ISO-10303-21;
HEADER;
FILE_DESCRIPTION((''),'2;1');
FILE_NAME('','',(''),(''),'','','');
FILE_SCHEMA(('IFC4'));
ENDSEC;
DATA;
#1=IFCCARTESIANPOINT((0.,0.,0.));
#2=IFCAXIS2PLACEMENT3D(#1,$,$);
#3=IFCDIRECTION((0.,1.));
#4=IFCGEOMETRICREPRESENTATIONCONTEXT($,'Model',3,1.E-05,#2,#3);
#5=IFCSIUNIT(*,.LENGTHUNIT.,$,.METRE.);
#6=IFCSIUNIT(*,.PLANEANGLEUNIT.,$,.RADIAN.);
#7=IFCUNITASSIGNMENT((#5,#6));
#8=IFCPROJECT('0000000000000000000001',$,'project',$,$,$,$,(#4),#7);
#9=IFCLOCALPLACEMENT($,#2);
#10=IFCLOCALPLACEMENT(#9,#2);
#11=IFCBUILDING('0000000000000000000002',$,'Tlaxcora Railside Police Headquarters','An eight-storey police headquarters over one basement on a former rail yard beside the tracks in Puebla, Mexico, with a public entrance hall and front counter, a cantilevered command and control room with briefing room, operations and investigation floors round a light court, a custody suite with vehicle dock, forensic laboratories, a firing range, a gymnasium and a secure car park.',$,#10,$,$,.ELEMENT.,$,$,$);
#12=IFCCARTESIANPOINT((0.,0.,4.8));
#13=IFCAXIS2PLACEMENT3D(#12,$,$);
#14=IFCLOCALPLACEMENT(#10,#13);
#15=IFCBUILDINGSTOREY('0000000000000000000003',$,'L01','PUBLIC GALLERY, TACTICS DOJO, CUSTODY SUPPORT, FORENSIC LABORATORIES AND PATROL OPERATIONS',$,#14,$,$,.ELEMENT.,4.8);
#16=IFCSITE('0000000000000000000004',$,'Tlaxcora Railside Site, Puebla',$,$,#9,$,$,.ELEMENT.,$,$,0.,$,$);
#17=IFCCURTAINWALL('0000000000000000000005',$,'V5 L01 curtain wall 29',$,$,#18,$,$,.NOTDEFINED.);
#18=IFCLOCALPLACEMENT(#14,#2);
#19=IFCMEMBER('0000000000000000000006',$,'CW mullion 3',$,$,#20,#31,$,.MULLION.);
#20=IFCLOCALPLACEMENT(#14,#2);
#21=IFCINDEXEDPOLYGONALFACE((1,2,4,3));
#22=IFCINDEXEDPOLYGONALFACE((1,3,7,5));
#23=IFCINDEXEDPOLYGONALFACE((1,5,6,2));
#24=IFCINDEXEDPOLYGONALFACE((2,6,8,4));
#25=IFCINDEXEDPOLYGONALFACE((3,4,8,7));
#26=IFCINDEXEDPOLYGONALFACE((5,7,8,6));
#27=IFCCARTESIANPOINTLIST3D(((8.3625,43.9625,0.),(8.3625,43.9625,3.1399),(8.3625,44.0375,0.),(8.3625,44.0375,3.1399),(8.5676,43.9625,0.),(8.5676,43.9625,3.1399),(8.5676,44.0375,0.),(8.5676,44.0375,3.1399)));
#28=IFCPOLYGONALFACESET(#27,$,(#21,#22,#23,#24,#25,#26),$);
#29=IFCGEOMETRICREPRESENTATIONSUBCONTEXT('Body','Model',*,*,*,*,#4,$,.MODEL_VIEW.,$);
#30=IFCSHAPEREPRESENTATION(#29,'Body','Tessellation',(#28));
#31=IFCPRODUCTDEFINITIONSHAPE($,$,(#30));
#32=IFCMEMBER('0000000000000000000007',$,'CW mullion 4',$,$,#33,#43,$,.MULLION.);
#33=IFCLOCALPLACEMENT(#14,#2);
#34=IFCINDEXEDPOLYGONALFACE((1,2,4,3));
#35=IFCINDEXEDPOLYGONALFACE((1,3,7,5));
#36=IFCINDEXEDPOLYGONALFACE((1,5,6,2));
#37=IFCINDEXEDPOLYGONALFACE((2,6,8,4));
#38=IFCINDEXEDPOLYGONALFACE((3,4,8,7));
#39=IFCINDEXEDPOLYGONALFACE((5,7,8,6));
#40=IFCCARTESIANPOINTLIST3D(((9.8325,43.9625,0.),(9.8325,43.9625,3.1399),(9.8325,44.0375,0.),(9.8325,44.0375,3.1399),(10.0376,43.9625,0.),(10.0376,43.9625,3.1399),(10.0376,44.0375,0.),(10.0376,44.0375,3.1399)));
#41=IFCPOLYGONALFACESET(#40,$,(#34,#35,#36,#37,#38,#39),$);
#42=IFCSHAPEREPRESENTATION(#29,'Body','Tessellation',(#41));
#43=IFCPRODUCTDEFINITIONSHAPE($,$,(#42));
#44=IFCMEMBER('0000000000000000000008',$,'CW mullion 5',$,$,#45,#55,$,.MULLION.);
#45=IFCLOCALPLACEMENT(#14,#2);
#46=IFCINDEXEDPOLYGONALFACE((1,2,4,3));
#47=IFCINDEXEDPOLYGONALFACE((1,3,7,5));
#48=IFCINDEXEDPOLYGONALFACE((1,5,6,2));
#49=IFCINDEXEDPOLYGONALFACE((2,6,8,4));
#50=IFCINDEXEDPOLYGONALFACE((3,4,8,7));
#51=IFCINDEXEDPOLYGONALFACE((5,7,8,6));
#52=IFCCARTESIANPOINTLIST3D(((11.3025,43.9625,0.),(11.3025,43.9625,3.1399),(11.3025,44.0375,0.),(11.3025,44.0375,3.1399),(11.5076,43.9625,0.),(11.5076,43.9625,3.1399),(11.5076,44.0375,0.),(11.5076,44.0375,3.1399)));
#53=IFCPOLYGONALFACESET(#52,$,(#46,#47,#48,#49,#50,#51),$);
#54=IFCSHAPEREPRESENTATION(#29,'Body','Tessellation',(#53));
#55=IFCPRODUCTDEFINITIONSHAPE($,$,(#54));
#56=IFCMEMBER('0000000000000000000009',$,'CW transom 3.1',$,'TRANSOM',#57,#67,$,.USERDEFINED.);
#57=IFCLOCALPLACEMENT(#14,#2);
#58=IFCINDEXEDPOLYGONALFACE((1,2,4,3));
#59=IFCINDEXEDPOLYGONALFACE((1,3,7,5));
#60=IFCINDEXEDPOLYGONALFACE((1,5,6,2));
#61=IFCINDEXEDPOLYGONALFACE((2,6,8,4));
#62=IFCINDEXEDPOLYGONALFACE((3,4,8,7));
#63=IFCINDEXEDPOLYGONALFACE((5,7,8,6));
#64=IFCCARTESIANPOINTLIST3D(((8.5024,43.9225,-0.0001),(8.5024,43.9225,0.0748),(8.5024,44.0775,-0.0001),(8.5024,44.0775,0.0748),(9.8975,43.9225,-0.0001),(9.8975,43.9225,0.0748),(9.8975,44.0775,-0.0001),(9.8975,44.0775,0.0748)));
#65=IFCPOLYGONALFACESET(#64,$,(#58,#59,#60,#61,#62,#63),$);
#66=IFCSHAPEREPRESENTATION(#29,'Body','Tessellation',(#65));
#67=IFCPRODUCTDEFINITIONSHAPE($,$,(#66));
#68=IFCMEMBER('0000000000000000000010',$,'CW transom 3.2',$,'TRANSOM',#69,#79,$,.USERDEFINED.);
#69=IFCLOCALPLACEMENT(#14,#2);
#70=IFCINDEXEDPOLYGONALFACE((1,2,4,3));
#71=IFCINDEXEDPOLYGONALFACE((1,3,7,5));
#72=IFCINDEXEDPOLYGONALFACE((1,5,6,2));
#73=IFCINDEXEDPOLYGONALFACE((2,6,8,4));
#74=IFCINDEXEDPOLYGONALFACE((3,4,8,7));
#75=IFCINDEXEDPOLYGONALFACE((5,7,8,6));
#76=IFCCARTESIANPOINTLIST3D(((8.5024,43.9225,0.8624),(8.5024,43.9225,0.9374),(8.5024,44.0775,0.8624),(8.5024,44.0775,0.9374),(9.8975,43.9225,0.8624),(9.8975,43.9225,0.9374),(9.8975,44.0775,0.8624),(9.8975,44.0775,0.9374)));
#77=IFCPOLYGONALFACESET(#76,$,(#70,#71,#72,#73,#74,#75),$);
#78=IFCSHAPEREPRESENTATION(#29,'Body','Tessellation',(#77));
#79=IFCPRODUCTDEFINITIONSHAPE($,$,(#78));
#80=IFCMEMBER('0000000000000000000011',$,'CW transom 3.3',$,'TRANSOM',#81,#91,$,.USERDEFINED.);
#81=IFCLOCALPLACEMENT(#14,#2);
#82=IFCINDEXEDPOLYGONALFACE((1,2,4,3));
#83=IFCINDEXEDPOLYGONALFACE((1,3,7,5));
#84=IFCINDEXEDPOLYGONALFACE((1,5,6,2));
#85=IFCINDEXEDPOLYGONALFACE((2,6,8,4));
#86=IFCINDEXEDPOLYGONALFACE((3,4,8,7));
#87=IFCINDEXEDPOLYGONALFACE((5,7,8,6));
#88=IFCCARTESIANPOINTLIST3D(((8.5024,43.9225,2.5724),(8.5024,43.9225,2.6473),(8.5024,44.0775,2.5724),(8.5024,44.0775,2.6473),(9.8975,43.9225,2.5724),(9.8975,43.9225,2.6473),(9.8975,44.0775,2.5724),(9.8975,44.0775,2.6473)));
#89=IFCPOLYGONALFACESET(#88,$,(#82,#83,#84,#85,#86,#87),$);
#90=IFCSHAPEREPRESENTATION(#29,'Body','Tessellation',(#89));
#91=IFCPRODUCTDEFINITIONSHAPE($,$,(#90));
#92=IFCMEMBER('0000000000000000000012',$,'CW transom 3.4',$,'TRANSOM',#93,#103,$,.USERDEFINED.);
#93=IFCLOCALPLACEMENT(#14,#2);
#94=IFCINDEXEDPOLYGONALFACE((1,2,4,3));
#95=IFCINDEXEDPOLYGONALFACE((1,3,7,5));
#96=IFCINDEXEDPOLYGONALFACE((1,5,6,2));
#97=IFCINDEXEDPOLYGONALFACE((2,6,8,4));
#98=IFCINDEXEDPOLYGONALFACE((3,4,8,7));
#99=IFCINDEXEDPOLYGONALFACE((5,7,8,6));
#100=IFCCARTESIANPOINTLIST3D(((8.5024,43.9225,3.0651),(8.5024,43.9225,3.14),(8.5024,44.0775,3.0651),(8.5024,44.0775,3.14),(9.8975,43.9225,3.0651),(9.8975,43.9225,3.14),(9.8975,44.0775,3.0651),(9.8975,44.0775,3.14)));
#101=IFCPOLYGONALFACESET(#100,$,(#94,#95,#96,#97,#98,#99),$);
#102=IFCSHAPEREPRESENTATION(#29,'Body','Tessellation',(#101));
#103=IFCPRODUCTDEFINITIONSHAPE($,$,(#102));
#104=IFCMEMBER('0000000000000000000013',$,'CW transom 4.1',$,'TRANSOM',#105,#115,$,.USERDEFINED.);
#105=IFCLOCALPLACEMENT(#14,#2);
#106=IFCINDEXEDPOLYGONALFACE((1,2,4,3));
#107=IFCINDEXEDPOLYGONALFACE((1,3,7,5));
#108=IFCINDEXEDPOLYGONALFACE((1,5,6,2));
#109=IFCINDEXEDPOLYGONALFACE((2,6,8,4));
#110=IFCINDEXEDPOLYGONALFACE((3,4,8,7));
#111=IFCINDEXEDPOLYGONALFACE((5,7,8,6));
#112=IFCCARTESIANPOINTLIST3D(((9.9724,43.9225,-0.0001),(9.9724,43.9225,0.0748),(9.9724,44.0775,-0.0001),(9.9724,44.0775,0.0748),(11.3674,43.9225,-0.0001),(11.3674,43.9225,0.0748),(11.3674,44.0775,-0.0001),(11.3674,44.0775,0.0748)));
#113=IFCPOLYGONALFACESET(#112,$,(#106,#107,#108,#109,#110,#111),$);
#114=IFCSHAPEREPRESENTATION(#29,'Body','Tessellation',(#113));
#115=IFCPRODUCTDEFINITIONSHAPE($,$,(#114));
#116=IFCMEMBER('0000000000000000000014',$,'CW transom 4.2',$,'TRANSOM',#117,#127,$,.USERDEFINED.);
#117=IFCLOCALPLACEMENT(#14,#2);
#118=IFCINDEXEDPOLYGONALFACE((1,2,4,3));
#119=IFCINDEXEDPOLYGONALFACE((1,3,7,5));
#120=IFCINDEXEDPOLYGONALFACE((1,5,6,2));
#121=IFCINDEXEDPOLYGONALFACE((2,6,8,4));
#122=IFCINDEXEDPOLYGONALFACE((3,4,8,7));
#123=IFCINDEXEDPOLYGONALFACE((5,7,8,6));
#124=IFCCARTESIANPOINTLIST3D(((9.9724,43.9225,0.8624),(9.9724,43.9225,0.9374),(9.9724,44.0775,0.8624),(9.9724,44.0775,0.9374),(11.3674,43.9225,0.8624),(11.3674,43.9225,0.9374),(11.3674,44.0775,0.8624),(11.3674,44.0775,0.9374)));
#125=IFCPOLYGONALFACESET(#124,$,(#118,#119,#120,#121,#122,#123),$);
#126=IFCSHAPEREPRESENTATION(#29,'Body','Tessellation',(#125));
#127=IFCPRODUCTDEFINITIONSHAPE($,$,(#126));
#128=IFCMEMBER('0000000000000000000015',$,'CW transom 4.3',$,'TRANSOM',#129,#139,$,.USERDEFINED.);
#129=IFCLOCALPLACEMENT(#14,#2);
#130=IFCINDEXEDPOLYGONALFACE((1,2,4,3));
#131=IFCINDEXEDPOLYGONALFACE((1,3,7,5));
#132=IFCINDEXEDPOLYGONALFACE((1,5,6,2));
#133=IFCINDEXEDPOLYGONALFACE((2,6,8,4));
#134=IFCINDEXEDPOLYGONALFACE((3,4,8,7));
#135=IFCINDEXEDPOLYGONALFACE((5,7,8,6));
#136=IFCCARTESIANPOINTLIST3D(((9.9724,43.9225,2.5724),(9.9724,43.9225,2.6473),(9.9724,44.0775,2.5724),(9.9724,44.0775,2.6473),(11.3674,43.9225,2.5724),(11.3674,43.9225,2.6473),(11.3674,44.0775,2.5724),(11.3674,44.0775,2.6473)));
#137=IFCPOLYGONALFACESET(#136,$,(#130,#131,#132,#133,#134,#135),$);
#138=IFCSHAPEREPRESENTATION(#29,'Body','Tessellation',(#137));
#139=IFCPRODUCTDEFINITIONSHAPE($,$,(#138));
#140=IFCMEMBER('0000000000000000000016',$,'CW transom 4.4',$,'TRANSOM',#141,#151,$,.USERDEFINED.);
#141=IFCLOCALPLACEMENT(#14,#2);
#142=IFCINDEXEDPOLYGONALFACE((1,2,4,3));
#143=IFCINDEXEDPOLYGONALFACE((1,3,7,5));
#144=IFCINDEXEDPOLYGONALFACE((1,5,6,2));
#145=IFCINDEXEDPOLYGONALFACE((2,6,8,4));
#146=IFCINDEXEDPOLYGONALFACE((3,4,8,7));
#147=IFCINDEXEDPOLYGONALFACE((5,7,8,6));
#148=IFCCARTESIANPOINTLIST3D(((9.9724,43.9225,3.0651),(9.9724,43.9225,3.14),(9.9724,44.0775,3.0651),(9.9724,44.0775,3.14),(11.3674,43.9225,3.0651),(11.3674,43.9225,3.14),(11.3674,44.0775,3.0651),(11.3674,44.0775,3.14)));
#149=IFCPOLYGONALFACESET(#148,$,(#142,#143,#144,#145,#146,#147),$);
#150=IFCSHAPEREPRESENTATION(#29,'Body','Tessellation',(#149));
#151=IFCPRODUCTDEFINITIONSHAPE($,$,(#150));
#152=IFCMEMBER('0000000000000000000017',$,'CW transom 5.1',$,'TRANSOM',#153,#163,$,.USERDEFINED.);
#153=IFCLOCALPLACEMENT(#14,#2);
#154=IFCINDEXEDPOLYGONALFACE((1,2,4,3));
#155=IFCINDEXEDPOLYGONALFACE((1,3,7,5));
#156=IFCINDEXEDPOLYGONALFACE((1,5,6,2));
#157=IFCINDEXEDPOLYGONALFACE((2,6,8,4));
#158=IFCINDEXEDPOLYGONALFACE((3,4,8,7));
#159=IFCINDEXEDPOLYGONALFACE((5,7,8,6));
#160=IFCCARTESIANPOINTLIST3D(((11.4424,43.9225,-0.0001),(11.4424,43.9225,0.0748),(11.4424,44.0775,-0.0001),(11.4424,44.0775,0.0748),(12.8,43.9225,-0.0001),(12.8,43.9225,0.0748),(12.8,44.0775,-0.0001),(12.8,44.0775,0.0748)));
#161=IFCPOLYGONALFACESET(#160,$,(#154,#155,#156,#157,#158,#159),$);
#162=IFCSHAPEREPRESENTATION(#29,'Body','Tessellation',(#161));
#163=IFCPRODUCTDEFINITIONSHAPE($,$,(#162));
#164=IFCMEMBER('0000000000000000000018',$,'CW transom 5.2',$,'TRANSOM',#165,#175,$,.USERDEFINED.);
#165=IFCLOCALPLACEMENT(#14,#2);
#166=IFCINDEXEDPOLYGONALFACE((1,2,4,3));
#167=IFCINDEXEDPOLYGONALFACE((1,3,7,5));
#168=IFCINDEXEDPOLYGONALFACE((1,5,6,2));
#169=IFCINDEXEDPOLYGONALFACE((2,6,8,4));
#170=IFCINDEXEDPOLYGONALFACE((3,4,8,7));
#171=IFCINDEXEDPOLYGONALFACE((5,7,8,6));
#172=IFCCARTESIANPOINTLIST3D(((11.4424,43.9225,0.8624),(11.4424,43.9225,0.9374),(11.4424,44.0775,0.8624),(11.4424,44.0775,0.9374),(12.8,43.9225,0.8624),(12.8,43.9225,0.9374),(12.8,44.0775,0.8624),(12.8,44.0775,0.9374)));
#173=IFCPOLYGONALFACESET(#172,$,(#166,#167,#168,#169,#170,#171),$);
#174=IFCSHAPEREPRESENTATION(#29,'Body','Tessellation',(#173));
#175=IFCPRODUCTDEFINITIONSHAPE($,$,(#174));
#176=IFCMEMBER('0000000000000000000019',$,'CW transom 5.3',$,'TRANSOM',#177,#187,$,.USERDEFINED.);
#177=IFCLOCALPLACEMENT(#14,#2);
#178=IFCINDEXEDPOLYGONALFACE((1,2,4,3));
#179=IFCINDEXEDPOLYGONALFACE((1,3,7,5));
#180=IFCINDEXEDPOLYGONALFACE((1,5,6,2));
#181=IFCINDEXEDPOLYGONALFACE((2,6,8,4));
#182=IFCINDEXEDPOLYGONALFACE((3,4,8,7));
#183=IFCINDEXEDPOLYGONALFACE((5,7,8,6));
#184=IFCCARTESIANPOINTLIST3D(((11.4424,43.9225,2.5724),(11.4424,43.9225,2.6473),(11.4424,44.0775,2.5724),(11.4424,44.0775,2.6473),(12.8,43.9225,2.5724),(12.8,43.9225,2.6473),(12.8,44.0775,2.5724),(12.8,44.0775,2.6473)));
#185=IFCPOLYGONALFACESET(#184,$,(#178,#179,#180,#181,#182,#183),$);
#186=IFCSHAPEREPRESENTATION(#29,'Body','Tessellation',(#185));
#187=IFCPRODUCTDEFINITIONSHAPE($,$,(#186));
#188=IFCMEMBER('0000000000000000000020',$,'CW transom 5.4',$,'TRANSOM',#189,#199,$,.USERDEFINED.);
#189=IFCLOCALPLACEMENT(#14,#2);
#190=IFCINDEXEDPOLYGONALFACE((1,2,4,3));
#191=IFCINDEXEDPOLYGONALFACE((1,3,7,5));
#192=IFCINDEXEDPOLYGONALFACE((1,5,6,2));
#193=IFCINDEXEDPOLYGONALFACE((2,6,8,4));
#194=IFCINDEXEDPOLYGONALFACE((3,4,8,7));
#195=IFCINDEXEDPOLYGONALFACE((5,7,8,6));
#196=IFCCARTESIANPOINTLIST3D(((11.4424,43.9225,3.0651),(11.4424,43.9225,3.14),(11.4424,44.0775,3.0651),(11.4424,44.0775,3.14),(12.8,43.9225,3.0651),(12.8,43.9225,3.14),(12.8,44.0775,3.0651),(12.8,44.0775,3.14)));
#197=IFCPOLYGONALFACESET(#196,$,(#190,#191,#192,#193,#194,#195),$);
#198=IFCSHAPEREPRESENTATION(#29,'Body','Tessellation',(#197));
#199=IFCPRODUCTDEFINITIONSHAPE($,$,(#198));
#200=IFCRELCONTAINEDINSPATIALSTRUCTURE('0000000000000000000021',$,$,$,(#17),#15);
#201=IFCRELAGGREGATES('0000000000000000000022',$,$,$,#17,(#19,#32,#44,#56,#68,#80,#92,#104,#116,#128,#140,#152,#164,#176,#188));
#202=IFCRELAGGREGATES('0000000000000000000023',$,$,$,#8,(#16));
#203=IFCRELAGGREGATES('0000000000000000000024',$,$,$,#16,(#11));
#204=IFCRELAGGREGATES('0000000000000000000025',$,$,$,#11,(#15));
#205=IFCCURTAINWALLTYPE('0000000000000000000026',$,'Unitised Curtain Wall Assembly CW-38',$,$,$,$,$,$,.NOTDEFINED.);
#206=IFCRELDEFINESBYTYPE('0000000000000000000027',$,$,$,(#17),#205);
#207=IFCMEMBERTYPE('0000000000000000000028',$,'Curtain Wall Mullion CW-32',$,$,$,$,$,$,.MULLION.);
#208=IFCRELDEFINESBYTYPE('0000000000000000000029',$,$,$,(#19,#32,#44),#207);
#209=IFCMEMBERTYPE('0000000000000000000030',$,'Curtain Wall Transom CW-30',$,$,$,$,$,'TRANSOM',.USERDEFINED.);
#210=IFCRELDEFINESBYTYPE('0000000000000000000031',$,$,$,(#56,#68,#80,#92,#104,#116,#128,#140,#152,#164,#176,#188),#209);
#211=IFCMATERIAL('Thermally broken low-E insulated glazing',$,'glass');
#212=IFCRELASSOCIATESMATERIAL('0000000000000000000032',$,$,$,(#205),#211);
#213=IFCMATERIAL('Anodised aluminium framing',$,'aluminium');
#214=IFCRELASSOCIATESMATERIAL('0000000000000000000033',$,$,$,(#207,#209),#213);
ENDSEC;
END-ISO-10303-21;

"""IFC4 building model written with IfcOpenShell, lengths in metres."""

from ifc_helpers import new_model, si_unit, direction, frame, origin, origin_2d, place, context, subcontext, project, spatial, rectangle, extrude, material, material_profile, profile_set, type_object, element, aggregate, save


model = new_model("IFC4")

# Units and contexts
model_context = context("Model", 3, precision=1e-05, world=origin(), true_north=direction((0.0, 1.0)))
body_context = subcontext(model_context, "Body", "Model", "MODEL_VIEW")
ifc_project = project(units=[si_unit("LENGTHUNIT", "METRE"), si_unit("PLANEANGLEUNIT", "RADIAN")], contexts=[model_context])

# Site, building, storey
site_placement = place(None, origin())
site = spatial("IfcSite", under=ifc_project, at=site_placement, Name="Tlaxcora Railside Site, Puebla", CompositionType="ELEMENT", RefElevation=0.0)
building_placement = place(site_placement, origin())
building = spatial("IfcBuilding", under=site, at=building_placement, Name="Tlaxcora Railside Police Headquarters", Description="An eight-storey police headquarters over one basement on a former rail yard beside the tracks in Puebla, Mexico, with a public entrance hall and front counter, a cantilevered command and control room with briefing room, operations and investigation floors round a light court, a custody suite with vehicle dock, forensic laboratories, a firing range, a gymnasium and a secure car park.", CompositionType="ELEMENT")
storey_placement = place(building_placement, frame((0.0, 0.0, 4.8)))
storey = spatial("IfcBuildingStorey", under=building, at=storey_placement, Name="L01", Description="PUBLIC GALLERY, TACTICS DOJO, CUSTODY SUPPORT, FORENSIC LABORATORIES AND PATROL OPERATIONS", CompositionType="ELEMENT", Elevation=4.8)

# Curtain wall, members
ifc_material_1 = material(Name="Thermally broken low-E insulated glazing", Category="glass")
curtain_wall_type = type_object("IfcCurtainWallType", Name="Unitised Curtain Wall Assembly CW-38", PredefinedType="NOTDEFINED", material=ifc_material_1)
curtain_wall_placement = place(storey_placement, origin())
curtain_wall = element("IfcCurtainWall", 1, at=curtain_wall_placement, inside=storey, type_object=curtain_wall_type, Name="V5 L01 curtain wall 29", PredefinedType="NOTDEFINED")
ifc_material_2 = material(Name="Anodised aluminium framing", Category="aluminium")
ifc_material_profile_1 = material_profile(ifc_material_2, rectangle(XDim=0.075, YDim=0.2051, at=origin_2d()), Name="AL75X205")
ifc_profile_set_1 = profile_set([ifc_material_profile_1], Name="Anodised aluminium framing")
member_type_1 = type_object("IfcMemberType", Name="Curtain Wall Mullion CW-32", PredefinedType="MULLION", material=ifc_profile_set_1)
member_1_placement = place(storey_placement, frame((8.4651, 44.0, 0.0), z_axis=(0.0, 0.0, 1.0), x_axis=(0.0, 1.0, 0.0)))
member_1 = element("IfcMember", 2, at=member_1_placement, type_object=member_type_1, Name="CW mullion 3", PredefinedType="MULLION", context=body_context, shape_type="SweptSolid", body=[
    extrude(rectangle(XDim=0.075, YDim=0.2051, at=origin_2d()), origin(), (0.0, 0.0, 1.0), 3.1399),
])
member_2_placement = place(storey_placement, frame((9.9351, 44.0, 0.0), z_axis=(0.0, 0.0, 1.0), x_axis=(0.0, 1.0, 0.0)))
member_2 = element("IfcMember", 3, at=member_2_placement, type_object=member_type_1, Name="CW mullion 4", PredefinedType="MULLION", context=body_context, shape_type="SweptSolid", body=[
    extrude(rectangle(XDim=0.075, YDim=0.2051, at=origin_2d()), origin(), (0.0, 0.0, 1.0), 3.1399),
])
member_3_placement = place(storey_placement, frame((11.405, 44.0, 0.0), z_axis=(0.0, 0.0, 1.0), x_axis=(0.0, 1.0, 0.0)))
member_3 = element("IfcMember", 4, at=member_3_placement, type_object=member_type_1, Name="CW mullion 5", PredefinedType="MULLION", context=body_context, shape_type="SweptSolid", body=[
    extrude(rectangle(XDim=0.075, YDim=0.2051, at=origin_2d()), origin(), (0.0, 0.0, 1.0), 3.1399),
])
ifc_material_profile_2 = material_profile(ifc_material_2, rectangle(XDim=0.155, YDim=0.075, at=origin_2d()), Name="AL75X155")
ifc_profile_set_2 = profile_set([ifc_material_profile_2], Name="Anodised aluminium framing")
member_type_2 = type_object("IfcMemberType", Name="Curtain Wall Transom CW-30", ElementType="TRANSOM", PredefinedType="USERDEFINED", material=ifc_profile_set_2)
member_4_placement = place(storey_placement, frame((8.5024, 44.0, 0.0374), z_axis=(1.0, 0.0, 0.0), x_axis=(0.0, 1.0, 0.0)))
member_4 = element("IfcMember", 5, at=member_4_placement, type_object=member_type_2, Name="CW transom 3.1", ObjectType="TRANSOM", PredefinedType="USERDEFINED", context=body_context, shape_type="SweptSolid", body=[
    extrude(rectangle(XDim=0.155, YDim=0.075, at=origin_2d()), origin(), (0.0, 0.0, 1.0), 1.395),
])
member_5_placement = place(storey_placement, frame((8.5024, 44.0, 0.8999), z_axis=(1.0, 0.0, 0.0), x_axis=(0.0, 1.0, 0.0)))
member_5 = element("IfcMember", 6, at=member_5_placement, type_object=member_type_2, Name="CW transom 3.2", ObjectType="TRANSOM", PredefinedType="USERDEFINED", context=body_context, shape_type="SweptSolid", body=[
    extrude(rectangle(XDim=0.155, YDim=0.075, at=origin_2d()), origin(), (0.0, 0.0, 1.0), 1.395),
])
member_6_placement = place(storey_placement, frame((8.5024, 44.0, 2.6099), z_axis=(1.0, 0.0, 0.0), x_axis=(0.0, 1.0, 0.0)))
member_6 = element("IfcMember", 7, at=member_6_placement, type_object=member_type_2, Name="CW transom 3.3", ObjectType="TRANSOM", PredefinedType="USERDEFINED", context=body_context, shape_type="SweptSolid", body=[
    extrude(rectangle(XDim=0.155, YDim=0.075, at=origin_2d()), origin(), (0.0, 0.0, 1.0), 1.395),
])
member_7_placement = place(storey_placement, frame((8.5024, 44.0, 3.1025), z_axis=(1.0, 0.0, 0.0), x_axis=(0.0, 1.0, 0.0)))
member_7 = element("IfcMember", 8, at=member_7_placement, type_object=member_type_2, Name="CW transom 3.4", ObjectType="TRANSOM", PredefinedType="USERDEFINED", context=body_context, shape_type="SweptSolid", body=[
    extrude(rectangle(XDim=0.155, YDim=0.075, at=origin_2d()), origin(), (0.0, 0.0, 1.0), 1.395),
])
member_8_placement = place(storey_placement, frame((9.9724, 44.0, 0.0374), z_axis=(1.0, 0.0, 0.0), x_axis=(0.0, 1.0, 0.0)))
member_8 = element("IfcMember", 9, at=member_8_placement, type_object=member_type_2, Name="CW transom 4.1", ObjectType="TRANSOM", PredefinedType="USERDEFINED", context=body_context, shape_type="SweptSolid", body=[
    extrude(rectangle(XDim=0.155, YDim=0.075, at=origin_2d()), origin(), (0.0, 0.0, 1.0), 1.395),
])
member_9_placement = place(storey_placement, frame((9.9724, 44.0, 0.8999), z_axis=(1.0, 0.0, 0.0), x_axis=(0.0, 1.0, 0.0)))
member_9 = element("IfcMember", 10, at=member_9_placement, type_object=member_type_2, Name="CW transom 4.2", ObjectType="TRANSOM", PredefinedType="USERDEFINED", context=body_context, shape_type="SweptSolid", body=[
    extrude(rectangle(XDim=0.155, YDim=0.075, at=origin_2d()), origin(), (0.0, 0.0, 1.0), 1.395),
])
member_10_placement = place(storey_placement, frame((9.9724, 44.0, 2.6099), z_axis=(1.0, 0.0, 0.0), x_axis=(0.0, 1.0, 0.0)))
member_10 = element("IfcMember", 11, at=member_10_placement, type_object=member_type_2, Name="CW transom 4.3", ObjectType="TRANSOM", PredefinedType="USERDEFINED", context=body_context, shape_type="SweptSolid", body=[
    extrude(rectangle(XDim=0.155, YDim=0.075, at=origin_2d()), origin(), (0.0, 0.0, 1.0), 1.395),
])
member_11_placement = place(storey_placement, frame((9.9724, 44.0, 3.1025), z_axis=(1.0, 0.0, 0.0), x_axis=(0.0, 1.0, 0.0)))
member_11 = element("IfcMember", 12, at=member_11_placement, type_object=member_type_2, Name="CW transom 4.4", ObjectType="TRANSOM", PredefinedType="USERDEFINED", context=body_context, shape_type="SweptSolid", body=[
    extrude(rectangle(XDim=0.155, YDim=0.075, at=origin_2d()), origin(), (0.0, 0.0, 1.0), 1.395),
])
member_12_placement = place(storey_placement, frame((11.4424, 44.0, 0.0374), z_axis=(1.0, 0.0, 0.0), x_axis=(0.0, 1.0, 0.0)))
member_12 = element("IfcMember", 13, at=member_12_placement, type_object=member_type_2, Name="CW transom 5.1", ObjectType="TRANSOM", PredefinedType="USERDEFINED", context=body_context, shape_type="SweptSolid", body=[
    extrude(rectangle(XDim=0.155, YDim=0.075, at=origin_2d()), origin(), (0.0, 0.0, 1.0), 1.3577),
])
member_13_placement = place(storey_placement, frame((11.4424, 44.0, 0.8999), z_axis=(1.0, 0.0, 0.0), x_axis=(0.0, 1.0, 0.0)))
member_13 = element("IfcMember", 14, at=member_13_placement, type_object=member_type_2, Name="CW transom 5.2", ObjectType="TRANSOM", PredefinedType="USERDEFINED", context=body_context, shape_type="SweptSolid", body=[
    extrude(rectangle(XDim=0.155, YDim=0.075, at=origin_2d()), origin(), (0.0, 0.0, 1.0), 1.3577),
])
member_14_placement = place(storey_placement, frame((11.4424, 44.0, 2.6099), z_axis=(1.0, 0.0, 0.0), x_axis=(0.0, 1.0, 0.0)))
member_14 = element("IfcMember", 15, at=member_14_placement, type_object=member_type_2, Name="CW transom 5.3", ObjectType="TRANSOM", PredefinedType="USERDEFINED", context=body_context, shape_type="SweptSolid", body=[
    extrude(rectangle(XDim=0.155, YDim=0.075, at=origin_2d()), origin(), (0.0, 0.0, 1.0), 1.3577),
])
member_15_placement = place(storey_placement, frame((11.4424, 44.0, 3.1025), z_axis=(1.0, 0.0, 0.0), x_axis=(0.0, 1.0, 0.0)))
member_15 = element("IfcMember", 16, at=member_15_placement, type_object=member_type_2, Name="CW transom 5.4", ObjectType="TRANSOM", PredefinedType="USERDEFINED", context=body_context, shape_type="SweptSolid", body=[
    extrude(rectangle(XDim=0.155, YDim=0.075, at=origin_2d()), origin(), (0.0, 0.0, 1.0), 1.3577),
])
aggregate(curtain_wall, [member_1, member_2, member_3, member_4, member_5, member_6, member_7, member_8, member_9, member_10, member_11, member_12, member_13, member_14, member_15])

save(model, "model.ifc")
